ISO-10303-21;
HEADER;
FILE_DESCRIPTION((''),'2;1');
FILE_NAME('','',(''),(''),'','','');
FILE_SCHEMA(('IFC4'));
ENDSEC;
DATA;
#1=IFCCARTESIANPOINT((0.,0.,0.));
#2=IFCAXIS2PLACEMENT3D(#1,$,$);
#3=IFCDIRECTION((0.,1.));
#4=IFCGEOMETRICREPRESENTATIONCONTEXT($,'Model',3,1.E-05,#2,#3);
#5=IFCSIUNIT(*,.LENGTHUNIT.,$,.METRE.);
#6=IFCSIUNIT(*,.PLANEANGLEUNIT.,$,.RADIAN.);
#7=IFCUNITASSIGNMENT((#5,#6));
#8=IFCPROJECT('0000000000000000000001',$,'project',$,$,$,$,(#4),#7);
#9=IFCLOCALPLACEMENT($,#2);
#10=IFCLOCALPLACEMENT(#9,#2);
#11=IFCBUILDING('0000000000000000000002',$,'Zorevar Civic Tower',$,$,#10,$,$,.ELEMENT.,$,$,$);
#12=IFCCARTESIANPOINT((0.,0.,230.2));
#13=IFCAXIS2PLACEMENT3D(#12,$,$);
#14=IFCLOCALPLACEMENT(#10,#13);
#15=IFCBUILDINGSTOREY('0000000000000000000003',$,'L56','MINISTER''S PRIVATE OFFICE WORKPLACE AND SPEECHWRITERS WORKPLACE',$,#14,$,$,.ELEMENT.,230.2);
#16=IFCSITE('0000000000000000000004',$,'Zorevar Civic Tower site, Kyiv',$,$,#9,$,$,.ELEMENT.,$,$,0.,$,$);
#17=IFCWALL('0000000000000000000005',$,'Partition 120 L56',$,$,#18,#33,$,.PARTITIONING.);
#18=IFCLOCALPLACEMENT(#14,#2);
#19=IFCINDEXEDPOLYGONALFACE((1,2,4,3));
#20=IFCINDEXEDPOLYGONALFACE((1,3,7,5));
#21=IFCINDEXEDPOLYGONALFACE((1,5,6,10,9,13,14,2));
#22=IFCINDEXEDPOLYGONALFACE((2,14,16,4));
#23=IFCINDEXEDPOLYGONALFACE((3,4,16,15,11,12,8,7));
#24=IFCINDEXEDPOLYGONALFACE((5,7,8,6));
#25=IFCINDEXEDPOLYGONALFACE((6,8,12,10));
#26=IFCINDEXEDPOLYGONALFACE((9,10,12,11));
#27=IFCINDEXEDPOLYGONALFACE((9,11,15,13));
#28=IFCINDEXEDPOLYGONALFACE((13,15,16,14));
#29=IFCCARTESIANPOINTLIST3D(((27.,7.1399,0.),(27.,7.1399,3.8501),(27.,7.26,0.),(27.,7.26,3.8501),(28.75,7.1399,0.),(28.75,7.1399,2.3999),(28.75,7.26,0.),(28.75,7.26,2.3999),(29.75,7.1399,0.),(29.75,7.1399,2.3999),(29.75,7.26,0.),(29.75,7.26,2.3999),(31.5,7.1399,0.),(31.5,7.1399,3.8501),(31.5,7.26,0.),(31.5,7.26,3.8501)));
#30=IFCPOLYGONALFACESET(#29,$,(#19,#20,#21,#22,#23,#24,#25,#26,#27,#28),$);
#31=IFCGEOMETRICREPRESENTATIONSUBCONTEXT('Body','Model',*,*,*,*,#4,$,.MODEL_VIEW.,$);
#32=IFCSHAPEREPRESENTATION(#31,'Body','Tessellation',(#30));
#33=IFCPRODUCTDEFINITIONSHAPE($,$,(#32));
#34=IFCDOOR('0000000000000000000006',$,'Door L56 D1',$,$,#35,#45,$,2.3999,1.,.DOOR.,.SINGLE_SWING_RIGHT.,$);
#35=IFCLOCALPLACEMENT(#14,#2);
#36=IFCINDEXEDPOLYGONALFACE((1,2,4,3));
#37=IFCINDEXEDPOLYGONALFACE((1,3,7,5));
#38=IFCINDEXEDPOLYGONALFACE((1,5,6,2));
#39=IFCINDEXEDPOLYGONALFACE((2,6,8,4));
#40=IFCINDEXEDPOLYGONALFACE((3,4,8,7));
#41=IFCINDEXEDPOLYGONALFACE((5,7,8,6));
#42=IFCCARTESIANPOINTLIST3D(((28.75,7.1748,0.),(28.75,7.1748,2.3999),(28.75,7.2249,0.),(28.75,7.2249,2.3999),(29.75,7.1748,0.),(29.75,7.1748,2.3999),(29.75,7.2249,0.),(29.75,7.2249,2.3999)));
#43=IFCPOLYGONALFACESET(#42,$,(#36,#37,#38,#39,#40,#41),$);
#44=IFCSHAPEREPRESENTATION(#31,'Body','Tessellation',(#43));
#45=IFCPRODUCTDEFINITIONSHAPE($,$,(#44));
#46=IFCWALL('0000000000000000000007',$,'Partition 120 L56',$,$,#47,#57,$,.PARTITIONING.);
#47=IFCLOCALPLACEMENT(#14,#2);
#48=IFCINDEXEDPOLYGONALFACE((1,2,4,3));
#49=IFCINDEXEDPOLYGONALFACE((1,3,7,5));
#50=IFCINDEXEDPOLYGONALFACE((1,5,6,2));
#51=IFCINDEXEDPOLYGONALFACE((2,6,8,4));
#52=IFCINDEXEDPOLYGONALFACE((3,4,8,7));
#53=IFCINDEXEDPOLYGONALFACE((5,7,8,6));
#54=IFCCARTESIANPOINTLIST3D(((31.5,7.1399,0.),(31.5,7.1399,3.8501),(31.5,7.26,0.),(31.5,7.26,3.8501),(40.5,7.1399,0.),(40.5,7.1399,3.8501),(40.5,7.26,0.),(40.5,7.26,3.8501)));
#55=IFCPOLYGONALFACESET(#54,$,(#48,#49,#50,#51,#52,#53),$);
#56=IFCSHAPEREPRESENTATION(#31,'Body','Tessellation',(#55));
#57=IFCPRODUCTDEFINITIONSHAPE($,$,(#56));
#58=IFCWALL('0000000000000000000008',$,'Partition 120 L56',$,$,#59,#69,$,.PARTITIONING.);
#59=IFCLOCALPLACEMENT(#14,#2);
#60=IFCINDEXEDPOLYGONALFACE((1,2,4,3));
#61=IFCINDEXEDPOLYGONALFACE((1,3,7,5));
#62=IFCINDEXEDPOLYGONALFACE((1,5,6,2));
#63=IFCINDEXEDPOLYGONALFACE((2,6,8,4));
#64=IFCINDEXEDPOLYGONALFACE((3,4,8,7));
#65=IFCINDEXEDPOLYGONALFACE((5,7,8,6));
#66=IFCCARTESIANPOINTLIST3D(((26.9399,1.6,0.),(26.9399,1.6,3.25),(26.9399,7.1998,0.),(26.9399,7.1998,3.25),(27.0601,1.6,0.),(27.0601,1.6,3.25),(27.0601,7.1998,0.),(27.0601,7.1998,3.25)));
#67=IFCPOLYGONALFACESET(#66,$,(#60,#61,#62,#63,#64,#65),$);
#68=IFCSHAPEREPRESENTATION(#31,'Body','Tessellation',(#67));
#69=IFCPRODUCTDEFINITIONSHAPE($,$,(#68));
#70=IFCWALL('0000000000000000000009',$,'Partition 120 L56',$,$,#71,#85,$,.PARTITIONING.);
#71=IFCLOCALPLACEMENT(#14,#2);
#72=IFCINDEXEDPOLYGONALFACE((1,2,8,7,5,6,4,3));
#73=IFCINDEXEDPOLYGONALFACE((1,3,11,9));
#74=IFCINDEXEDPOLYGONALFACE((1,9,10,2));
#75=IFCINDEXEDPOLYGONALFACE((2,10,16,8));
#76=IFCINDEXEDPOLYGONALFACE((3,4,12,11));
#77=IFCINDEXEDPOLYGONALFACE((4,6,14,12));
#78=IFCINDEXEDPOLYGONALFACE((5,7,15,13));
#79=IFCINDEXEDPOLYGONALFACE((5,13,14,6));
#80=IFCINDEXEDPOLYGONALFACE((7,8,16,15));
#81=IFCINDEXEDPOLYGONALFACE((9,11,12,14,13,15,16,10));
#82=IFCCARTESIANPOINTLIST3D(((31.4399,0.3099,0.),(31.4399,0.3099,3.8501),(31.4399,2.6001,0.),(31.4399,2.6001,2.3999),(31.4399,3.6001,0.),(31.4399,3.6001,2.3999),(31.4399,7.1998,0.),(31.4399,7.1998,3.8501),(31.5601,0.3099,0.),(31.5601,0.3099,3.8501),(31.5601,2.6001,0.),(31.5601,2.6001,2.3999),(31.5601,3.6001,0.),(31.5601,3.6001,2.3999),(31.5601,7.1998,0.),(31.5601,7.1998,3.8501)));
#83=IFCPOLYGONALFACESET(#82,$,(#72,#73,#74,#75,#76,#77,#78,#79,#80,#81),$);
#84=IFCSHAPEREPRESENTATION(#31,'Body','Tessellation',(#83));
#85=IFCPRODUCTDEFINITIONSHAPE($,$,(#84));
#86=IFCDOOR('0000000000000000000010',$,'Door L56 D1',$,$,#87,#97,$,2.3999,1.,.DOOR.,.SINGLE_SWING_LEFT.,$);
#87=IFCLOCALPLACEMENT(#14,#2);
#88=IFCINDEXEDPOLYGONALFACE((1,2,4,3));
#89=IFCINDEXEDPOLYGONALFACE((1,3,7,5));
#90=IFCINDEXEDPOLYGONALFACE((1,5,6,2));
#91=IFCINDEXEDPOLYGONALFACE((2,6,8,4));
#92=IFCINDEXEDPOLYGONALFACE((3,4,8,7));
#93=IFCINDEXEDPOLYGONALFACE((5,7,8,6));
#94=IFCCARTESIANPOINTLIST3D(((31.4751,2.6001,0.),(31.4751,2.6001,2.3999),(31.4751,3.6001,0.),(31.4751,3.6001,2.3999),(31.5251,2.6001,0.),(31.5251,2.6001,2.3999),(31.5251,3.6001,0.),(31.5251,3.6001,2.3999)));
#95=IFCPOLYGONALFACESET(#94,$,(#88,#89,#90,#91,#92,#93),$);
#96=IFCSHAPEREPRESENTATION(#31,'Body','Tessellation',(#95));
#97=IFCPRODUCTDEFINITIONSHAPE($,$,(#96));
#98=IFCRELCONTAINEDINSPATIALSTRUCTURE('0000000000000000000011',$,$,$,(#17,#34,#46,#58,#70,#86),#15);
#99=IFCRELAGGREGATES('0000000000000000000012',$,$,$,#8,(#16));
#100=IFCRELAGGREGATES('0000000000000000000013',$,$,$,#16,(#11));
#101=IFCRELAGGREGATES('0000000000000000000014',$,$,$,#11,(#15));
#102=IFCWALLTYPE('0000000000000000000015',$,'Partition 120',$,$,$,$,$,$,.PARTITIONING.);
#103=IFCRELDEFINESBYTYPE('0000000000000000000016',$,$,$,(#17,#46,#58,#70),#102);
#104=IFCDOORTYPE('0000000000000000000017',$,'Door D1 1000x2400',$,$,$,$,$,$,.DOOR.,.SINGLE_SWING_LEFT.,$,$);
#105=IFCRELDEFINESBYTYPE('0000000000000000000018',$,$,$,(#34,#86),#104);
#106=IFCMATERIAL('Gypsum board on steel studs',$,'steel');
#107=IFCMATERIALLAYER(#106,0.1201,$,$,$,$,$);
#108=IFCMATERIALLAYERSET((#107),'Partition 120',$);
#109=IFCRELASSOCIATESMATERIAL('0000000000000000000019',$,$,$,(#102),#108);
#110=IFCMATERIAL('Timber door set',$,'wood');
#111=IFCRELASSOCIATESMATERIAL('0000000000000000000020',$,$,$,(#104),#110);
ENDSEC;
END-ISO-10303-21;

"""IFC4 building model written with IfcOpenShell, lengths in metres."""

from ifc_helpers import new_model, si_unit, direction, frame, frame_2d, origin, place, context, subcontext, project, spatial, rectangle, extrude, material, layer, layer_set, type_object, element, fill, save


model = new_model("IFC4")

# Units and contexts
model_context = context("Model", 3, precision=1e-05, world=origin(), true_north=direction((0.0, 1.0)))
body_context = subcontext(model_context, "Body", "Model", "MODEL_VIEW")
ifc_project = project(units=[si_unit("LENGTHUNIT", "METRE"), si_unit("PLANEANGLEUNIT", "RADIAN")], contexts=[model_context])

# Site, building, storey
site_placement = place(None, origin())
site = spatial("IfcSite", under=ifc_project, at=site_placement, Name="Zorevar Civic Tower site, Kyiv", CompositionType="ELEMENT", RefElevation=0.0)
building_placement = place(site_placement, origin())
building = spatial("IfcBuilding", under=site, at=building_placement, Name="Zorevar Civic Tower", CompositionType="ELEMENT")
storey_placement = place(building_placement, frame((0.0, 0.0, 230.2)))
storey = spatial("IfcBuildingStorey", under=building, at=storey_placement, Name="L56", Description="MINISTER'S PRIVATE OFFICE WORKPLACE AND SPEECHWRITERS WORKPLACE", CompositionType="ELEMENT", Elevation=230.2)

# Wall, opening, door
ifc_material_1 = material(Name="Gypsum board on steel studs", Category="steel")
ifc_layer_1 = layer(ifc_material_1, 0.1201)
ifc_layer_set_1 = layer_set([ifc_layer_1], Name="Partition 120")
wall_type = type_object("IfcWallType", Name="Partition 120", PredefinedType="PARTITIONING", material=ifc_layer_set_1)
wall_1_placement = place(storey_placement, frame((27.0, 7.2, 0.0), z_axis=(0.0, 0.0, 1.0), x_axis=(1.0, 0.0, 0.0)))
wall_1 = element("IfcWall", 1, at=wall_1_placement, inside=storey, type_object=wall_type, Name="Partition 120 L56", PredefinedType="PARTITIONING", context=body_context, shape_type="SweptSolid", body=[
    extrude(rectangle(XDim=4.5, YDim=0.1201, at=frame_2d((2.25, 0.0))), origin(), (0.0, 0.0, 1.0), 3.8501),
])
opening_1_placement = place(wall_1_placement, frame((1.75, 0.0, 0.0)))
opening_1 = element("IfcOpeningElement", 2, at=opening_1_placement, cuts=wall_1, PredefinedType="OPENING", context=body_context, shape_type="SweptSolid", body=[
    extrude(rectangle(XDim=1.0, YDim=2.3999, at=frame_2d((0.5, 1.2))), frame((0.0, 0.0701, 0.0), z_axis=(0.0, -1.0, 0.0), x_axis=(1.0, 0.0, 0.0)), (0.0, 0.0, 1.0), 0.1401),
])
ifc_material_2 = material(Name="Timber door set", Category="wood")
door_type = type_object("IfcDoorType", Name="Door D1 1000x2400", OperationType="SINGLE_SWING_LEFT", PredefinedType="DOOR", material=ifc_material_2)
door_1_placement = place(opening_1_placement, origin())
door_1 = element("IfcDoor", 3, at=door_1_placement, inside=storey, type_object=door_type, Name="Door L56 D1", OperationType="SINGLE_SWING_RIGHT", OverallHeight=2.3999, OverallWidth=1.0, PredefinedType="DOOR", context=body_context, shape_type="SweptSolid", body=[
    extrude(rectangle(XDim=1.0, YDim=2.3999, at=frame_2d((0.5, 1.2))), frame((0.0, 0.0249, 0.0), z_axis=(0.0, -1.0, 0.0), x_axis=(1.0, 0.0, 0.0)), (0.0, 0.0, 1.0), 0.05),
])
fill(opening_1, door_1)

# Walls
wall_2_placement = place(storey_placement, frame((31.5, 7.2, 0.0), z_axis=(0.0, 0.0, 1.0), x_axis=(1.0, 0.0, 0.0)))
element("IfcWall", 4, at=wall_2_placement, inside=storey, type_object=wall_type, Name="Partition 120 L56", PredefinedType="PARTITIONING", context=body_context, shape_type="SweptSolid", body=[
    extrude(rectangle(XDim=9.0, YDim=0.1201, at=frame_2d((4.5, 0.0))), origin(), (0.0, 0.0, 1.0), 3.8501),
])
wall_3_placement = place(storey_placement, frame((27.0, 1.6001, 0.0), z_axis=(0.0, 0.0, 1.0), x_axis=(0.0, 1.0, 0.0)))
element("IfcWall", 5, at=wall_3_placement, inside=storey, type_object=wall_type, Name="Partition 120 L56", PredefinedType="PARTITIONING", context=body_context, shape_type="SweptSolid", body=[
    extrude(rectangle(XDim=5.5999, YDim=0.1201, at=frame_2d((2.7998, 0.0))), origin(), (0.0, 0.0, 1.0), 3.25),
])

# Wall, opening, door
wall_4_placement = place(storey_placement, frame((31.5, 0.3101, 0.0), z_axis=(0.0, 0.0, 1.0), x_axis=(0.0, 1.0, 0.0)))
wall_4 = element("IfcWall", 6, at=wall_4_placement, inside=storey, type_object=wall_type, Name="Partition 120 L56", PredefinedType="PARTITIONING", context=body_context, shape_type="SweptSolid", body=[
    extrude(rectangle(XDim=6.8899, YDim=0.1201, at=frame_2d((3.4448, 0.0))), origin(), (0.0, 0.0, 1.0), 3.8501),
])
opening_2_placement = place(wall_4_placement, frame((2.29, 0.0, 0.0)))
opening_2 = element("IfcOpeningElement", 7, at=opening_2_placement, cuts=wall_4, PredefinedType="OPENING", context=body_context, shape_type="SweptSolid", body=[
    extrude(rectangle(XDim=1.0, YDim=2.3999, at=frame_2d((0.5, 1.2))), frame((0.0, 0.0701, 0.0), z_axis=(0.0, -1.0, 0.0), x_axis=(1.0, 0.0, 0.0)), (0.0, 0.0, 1.0), 0.1401),
])
door_2_placement = place(opening_2_placement, origin())
door_2 = element("IfcDoor", 8, at=door_2_placement, inside=storey, type_object=door_type, Name="Door L56 D1", OperationType="SINGLE_SWING_LEFT", OverallHeight=2.3999, OverallWidth=1.0, PredefinedType="DOOR", context=body_context, shape_type="SweptSolid", body=[
    extrude(rectangle(XDim=1.0, YDim=2.3999, at=frame_2d((0.5, 1.2))), frame((0.0, 0.0249, 0.0), z_axis=(0.0, -1.0, 0.0), x_axis=(1.0, 0.0, 0.0)), (0.0, 0.0, 1.0), 0.05),
])
fill(opening_2, door_2)

save(model, "model.ifc")
